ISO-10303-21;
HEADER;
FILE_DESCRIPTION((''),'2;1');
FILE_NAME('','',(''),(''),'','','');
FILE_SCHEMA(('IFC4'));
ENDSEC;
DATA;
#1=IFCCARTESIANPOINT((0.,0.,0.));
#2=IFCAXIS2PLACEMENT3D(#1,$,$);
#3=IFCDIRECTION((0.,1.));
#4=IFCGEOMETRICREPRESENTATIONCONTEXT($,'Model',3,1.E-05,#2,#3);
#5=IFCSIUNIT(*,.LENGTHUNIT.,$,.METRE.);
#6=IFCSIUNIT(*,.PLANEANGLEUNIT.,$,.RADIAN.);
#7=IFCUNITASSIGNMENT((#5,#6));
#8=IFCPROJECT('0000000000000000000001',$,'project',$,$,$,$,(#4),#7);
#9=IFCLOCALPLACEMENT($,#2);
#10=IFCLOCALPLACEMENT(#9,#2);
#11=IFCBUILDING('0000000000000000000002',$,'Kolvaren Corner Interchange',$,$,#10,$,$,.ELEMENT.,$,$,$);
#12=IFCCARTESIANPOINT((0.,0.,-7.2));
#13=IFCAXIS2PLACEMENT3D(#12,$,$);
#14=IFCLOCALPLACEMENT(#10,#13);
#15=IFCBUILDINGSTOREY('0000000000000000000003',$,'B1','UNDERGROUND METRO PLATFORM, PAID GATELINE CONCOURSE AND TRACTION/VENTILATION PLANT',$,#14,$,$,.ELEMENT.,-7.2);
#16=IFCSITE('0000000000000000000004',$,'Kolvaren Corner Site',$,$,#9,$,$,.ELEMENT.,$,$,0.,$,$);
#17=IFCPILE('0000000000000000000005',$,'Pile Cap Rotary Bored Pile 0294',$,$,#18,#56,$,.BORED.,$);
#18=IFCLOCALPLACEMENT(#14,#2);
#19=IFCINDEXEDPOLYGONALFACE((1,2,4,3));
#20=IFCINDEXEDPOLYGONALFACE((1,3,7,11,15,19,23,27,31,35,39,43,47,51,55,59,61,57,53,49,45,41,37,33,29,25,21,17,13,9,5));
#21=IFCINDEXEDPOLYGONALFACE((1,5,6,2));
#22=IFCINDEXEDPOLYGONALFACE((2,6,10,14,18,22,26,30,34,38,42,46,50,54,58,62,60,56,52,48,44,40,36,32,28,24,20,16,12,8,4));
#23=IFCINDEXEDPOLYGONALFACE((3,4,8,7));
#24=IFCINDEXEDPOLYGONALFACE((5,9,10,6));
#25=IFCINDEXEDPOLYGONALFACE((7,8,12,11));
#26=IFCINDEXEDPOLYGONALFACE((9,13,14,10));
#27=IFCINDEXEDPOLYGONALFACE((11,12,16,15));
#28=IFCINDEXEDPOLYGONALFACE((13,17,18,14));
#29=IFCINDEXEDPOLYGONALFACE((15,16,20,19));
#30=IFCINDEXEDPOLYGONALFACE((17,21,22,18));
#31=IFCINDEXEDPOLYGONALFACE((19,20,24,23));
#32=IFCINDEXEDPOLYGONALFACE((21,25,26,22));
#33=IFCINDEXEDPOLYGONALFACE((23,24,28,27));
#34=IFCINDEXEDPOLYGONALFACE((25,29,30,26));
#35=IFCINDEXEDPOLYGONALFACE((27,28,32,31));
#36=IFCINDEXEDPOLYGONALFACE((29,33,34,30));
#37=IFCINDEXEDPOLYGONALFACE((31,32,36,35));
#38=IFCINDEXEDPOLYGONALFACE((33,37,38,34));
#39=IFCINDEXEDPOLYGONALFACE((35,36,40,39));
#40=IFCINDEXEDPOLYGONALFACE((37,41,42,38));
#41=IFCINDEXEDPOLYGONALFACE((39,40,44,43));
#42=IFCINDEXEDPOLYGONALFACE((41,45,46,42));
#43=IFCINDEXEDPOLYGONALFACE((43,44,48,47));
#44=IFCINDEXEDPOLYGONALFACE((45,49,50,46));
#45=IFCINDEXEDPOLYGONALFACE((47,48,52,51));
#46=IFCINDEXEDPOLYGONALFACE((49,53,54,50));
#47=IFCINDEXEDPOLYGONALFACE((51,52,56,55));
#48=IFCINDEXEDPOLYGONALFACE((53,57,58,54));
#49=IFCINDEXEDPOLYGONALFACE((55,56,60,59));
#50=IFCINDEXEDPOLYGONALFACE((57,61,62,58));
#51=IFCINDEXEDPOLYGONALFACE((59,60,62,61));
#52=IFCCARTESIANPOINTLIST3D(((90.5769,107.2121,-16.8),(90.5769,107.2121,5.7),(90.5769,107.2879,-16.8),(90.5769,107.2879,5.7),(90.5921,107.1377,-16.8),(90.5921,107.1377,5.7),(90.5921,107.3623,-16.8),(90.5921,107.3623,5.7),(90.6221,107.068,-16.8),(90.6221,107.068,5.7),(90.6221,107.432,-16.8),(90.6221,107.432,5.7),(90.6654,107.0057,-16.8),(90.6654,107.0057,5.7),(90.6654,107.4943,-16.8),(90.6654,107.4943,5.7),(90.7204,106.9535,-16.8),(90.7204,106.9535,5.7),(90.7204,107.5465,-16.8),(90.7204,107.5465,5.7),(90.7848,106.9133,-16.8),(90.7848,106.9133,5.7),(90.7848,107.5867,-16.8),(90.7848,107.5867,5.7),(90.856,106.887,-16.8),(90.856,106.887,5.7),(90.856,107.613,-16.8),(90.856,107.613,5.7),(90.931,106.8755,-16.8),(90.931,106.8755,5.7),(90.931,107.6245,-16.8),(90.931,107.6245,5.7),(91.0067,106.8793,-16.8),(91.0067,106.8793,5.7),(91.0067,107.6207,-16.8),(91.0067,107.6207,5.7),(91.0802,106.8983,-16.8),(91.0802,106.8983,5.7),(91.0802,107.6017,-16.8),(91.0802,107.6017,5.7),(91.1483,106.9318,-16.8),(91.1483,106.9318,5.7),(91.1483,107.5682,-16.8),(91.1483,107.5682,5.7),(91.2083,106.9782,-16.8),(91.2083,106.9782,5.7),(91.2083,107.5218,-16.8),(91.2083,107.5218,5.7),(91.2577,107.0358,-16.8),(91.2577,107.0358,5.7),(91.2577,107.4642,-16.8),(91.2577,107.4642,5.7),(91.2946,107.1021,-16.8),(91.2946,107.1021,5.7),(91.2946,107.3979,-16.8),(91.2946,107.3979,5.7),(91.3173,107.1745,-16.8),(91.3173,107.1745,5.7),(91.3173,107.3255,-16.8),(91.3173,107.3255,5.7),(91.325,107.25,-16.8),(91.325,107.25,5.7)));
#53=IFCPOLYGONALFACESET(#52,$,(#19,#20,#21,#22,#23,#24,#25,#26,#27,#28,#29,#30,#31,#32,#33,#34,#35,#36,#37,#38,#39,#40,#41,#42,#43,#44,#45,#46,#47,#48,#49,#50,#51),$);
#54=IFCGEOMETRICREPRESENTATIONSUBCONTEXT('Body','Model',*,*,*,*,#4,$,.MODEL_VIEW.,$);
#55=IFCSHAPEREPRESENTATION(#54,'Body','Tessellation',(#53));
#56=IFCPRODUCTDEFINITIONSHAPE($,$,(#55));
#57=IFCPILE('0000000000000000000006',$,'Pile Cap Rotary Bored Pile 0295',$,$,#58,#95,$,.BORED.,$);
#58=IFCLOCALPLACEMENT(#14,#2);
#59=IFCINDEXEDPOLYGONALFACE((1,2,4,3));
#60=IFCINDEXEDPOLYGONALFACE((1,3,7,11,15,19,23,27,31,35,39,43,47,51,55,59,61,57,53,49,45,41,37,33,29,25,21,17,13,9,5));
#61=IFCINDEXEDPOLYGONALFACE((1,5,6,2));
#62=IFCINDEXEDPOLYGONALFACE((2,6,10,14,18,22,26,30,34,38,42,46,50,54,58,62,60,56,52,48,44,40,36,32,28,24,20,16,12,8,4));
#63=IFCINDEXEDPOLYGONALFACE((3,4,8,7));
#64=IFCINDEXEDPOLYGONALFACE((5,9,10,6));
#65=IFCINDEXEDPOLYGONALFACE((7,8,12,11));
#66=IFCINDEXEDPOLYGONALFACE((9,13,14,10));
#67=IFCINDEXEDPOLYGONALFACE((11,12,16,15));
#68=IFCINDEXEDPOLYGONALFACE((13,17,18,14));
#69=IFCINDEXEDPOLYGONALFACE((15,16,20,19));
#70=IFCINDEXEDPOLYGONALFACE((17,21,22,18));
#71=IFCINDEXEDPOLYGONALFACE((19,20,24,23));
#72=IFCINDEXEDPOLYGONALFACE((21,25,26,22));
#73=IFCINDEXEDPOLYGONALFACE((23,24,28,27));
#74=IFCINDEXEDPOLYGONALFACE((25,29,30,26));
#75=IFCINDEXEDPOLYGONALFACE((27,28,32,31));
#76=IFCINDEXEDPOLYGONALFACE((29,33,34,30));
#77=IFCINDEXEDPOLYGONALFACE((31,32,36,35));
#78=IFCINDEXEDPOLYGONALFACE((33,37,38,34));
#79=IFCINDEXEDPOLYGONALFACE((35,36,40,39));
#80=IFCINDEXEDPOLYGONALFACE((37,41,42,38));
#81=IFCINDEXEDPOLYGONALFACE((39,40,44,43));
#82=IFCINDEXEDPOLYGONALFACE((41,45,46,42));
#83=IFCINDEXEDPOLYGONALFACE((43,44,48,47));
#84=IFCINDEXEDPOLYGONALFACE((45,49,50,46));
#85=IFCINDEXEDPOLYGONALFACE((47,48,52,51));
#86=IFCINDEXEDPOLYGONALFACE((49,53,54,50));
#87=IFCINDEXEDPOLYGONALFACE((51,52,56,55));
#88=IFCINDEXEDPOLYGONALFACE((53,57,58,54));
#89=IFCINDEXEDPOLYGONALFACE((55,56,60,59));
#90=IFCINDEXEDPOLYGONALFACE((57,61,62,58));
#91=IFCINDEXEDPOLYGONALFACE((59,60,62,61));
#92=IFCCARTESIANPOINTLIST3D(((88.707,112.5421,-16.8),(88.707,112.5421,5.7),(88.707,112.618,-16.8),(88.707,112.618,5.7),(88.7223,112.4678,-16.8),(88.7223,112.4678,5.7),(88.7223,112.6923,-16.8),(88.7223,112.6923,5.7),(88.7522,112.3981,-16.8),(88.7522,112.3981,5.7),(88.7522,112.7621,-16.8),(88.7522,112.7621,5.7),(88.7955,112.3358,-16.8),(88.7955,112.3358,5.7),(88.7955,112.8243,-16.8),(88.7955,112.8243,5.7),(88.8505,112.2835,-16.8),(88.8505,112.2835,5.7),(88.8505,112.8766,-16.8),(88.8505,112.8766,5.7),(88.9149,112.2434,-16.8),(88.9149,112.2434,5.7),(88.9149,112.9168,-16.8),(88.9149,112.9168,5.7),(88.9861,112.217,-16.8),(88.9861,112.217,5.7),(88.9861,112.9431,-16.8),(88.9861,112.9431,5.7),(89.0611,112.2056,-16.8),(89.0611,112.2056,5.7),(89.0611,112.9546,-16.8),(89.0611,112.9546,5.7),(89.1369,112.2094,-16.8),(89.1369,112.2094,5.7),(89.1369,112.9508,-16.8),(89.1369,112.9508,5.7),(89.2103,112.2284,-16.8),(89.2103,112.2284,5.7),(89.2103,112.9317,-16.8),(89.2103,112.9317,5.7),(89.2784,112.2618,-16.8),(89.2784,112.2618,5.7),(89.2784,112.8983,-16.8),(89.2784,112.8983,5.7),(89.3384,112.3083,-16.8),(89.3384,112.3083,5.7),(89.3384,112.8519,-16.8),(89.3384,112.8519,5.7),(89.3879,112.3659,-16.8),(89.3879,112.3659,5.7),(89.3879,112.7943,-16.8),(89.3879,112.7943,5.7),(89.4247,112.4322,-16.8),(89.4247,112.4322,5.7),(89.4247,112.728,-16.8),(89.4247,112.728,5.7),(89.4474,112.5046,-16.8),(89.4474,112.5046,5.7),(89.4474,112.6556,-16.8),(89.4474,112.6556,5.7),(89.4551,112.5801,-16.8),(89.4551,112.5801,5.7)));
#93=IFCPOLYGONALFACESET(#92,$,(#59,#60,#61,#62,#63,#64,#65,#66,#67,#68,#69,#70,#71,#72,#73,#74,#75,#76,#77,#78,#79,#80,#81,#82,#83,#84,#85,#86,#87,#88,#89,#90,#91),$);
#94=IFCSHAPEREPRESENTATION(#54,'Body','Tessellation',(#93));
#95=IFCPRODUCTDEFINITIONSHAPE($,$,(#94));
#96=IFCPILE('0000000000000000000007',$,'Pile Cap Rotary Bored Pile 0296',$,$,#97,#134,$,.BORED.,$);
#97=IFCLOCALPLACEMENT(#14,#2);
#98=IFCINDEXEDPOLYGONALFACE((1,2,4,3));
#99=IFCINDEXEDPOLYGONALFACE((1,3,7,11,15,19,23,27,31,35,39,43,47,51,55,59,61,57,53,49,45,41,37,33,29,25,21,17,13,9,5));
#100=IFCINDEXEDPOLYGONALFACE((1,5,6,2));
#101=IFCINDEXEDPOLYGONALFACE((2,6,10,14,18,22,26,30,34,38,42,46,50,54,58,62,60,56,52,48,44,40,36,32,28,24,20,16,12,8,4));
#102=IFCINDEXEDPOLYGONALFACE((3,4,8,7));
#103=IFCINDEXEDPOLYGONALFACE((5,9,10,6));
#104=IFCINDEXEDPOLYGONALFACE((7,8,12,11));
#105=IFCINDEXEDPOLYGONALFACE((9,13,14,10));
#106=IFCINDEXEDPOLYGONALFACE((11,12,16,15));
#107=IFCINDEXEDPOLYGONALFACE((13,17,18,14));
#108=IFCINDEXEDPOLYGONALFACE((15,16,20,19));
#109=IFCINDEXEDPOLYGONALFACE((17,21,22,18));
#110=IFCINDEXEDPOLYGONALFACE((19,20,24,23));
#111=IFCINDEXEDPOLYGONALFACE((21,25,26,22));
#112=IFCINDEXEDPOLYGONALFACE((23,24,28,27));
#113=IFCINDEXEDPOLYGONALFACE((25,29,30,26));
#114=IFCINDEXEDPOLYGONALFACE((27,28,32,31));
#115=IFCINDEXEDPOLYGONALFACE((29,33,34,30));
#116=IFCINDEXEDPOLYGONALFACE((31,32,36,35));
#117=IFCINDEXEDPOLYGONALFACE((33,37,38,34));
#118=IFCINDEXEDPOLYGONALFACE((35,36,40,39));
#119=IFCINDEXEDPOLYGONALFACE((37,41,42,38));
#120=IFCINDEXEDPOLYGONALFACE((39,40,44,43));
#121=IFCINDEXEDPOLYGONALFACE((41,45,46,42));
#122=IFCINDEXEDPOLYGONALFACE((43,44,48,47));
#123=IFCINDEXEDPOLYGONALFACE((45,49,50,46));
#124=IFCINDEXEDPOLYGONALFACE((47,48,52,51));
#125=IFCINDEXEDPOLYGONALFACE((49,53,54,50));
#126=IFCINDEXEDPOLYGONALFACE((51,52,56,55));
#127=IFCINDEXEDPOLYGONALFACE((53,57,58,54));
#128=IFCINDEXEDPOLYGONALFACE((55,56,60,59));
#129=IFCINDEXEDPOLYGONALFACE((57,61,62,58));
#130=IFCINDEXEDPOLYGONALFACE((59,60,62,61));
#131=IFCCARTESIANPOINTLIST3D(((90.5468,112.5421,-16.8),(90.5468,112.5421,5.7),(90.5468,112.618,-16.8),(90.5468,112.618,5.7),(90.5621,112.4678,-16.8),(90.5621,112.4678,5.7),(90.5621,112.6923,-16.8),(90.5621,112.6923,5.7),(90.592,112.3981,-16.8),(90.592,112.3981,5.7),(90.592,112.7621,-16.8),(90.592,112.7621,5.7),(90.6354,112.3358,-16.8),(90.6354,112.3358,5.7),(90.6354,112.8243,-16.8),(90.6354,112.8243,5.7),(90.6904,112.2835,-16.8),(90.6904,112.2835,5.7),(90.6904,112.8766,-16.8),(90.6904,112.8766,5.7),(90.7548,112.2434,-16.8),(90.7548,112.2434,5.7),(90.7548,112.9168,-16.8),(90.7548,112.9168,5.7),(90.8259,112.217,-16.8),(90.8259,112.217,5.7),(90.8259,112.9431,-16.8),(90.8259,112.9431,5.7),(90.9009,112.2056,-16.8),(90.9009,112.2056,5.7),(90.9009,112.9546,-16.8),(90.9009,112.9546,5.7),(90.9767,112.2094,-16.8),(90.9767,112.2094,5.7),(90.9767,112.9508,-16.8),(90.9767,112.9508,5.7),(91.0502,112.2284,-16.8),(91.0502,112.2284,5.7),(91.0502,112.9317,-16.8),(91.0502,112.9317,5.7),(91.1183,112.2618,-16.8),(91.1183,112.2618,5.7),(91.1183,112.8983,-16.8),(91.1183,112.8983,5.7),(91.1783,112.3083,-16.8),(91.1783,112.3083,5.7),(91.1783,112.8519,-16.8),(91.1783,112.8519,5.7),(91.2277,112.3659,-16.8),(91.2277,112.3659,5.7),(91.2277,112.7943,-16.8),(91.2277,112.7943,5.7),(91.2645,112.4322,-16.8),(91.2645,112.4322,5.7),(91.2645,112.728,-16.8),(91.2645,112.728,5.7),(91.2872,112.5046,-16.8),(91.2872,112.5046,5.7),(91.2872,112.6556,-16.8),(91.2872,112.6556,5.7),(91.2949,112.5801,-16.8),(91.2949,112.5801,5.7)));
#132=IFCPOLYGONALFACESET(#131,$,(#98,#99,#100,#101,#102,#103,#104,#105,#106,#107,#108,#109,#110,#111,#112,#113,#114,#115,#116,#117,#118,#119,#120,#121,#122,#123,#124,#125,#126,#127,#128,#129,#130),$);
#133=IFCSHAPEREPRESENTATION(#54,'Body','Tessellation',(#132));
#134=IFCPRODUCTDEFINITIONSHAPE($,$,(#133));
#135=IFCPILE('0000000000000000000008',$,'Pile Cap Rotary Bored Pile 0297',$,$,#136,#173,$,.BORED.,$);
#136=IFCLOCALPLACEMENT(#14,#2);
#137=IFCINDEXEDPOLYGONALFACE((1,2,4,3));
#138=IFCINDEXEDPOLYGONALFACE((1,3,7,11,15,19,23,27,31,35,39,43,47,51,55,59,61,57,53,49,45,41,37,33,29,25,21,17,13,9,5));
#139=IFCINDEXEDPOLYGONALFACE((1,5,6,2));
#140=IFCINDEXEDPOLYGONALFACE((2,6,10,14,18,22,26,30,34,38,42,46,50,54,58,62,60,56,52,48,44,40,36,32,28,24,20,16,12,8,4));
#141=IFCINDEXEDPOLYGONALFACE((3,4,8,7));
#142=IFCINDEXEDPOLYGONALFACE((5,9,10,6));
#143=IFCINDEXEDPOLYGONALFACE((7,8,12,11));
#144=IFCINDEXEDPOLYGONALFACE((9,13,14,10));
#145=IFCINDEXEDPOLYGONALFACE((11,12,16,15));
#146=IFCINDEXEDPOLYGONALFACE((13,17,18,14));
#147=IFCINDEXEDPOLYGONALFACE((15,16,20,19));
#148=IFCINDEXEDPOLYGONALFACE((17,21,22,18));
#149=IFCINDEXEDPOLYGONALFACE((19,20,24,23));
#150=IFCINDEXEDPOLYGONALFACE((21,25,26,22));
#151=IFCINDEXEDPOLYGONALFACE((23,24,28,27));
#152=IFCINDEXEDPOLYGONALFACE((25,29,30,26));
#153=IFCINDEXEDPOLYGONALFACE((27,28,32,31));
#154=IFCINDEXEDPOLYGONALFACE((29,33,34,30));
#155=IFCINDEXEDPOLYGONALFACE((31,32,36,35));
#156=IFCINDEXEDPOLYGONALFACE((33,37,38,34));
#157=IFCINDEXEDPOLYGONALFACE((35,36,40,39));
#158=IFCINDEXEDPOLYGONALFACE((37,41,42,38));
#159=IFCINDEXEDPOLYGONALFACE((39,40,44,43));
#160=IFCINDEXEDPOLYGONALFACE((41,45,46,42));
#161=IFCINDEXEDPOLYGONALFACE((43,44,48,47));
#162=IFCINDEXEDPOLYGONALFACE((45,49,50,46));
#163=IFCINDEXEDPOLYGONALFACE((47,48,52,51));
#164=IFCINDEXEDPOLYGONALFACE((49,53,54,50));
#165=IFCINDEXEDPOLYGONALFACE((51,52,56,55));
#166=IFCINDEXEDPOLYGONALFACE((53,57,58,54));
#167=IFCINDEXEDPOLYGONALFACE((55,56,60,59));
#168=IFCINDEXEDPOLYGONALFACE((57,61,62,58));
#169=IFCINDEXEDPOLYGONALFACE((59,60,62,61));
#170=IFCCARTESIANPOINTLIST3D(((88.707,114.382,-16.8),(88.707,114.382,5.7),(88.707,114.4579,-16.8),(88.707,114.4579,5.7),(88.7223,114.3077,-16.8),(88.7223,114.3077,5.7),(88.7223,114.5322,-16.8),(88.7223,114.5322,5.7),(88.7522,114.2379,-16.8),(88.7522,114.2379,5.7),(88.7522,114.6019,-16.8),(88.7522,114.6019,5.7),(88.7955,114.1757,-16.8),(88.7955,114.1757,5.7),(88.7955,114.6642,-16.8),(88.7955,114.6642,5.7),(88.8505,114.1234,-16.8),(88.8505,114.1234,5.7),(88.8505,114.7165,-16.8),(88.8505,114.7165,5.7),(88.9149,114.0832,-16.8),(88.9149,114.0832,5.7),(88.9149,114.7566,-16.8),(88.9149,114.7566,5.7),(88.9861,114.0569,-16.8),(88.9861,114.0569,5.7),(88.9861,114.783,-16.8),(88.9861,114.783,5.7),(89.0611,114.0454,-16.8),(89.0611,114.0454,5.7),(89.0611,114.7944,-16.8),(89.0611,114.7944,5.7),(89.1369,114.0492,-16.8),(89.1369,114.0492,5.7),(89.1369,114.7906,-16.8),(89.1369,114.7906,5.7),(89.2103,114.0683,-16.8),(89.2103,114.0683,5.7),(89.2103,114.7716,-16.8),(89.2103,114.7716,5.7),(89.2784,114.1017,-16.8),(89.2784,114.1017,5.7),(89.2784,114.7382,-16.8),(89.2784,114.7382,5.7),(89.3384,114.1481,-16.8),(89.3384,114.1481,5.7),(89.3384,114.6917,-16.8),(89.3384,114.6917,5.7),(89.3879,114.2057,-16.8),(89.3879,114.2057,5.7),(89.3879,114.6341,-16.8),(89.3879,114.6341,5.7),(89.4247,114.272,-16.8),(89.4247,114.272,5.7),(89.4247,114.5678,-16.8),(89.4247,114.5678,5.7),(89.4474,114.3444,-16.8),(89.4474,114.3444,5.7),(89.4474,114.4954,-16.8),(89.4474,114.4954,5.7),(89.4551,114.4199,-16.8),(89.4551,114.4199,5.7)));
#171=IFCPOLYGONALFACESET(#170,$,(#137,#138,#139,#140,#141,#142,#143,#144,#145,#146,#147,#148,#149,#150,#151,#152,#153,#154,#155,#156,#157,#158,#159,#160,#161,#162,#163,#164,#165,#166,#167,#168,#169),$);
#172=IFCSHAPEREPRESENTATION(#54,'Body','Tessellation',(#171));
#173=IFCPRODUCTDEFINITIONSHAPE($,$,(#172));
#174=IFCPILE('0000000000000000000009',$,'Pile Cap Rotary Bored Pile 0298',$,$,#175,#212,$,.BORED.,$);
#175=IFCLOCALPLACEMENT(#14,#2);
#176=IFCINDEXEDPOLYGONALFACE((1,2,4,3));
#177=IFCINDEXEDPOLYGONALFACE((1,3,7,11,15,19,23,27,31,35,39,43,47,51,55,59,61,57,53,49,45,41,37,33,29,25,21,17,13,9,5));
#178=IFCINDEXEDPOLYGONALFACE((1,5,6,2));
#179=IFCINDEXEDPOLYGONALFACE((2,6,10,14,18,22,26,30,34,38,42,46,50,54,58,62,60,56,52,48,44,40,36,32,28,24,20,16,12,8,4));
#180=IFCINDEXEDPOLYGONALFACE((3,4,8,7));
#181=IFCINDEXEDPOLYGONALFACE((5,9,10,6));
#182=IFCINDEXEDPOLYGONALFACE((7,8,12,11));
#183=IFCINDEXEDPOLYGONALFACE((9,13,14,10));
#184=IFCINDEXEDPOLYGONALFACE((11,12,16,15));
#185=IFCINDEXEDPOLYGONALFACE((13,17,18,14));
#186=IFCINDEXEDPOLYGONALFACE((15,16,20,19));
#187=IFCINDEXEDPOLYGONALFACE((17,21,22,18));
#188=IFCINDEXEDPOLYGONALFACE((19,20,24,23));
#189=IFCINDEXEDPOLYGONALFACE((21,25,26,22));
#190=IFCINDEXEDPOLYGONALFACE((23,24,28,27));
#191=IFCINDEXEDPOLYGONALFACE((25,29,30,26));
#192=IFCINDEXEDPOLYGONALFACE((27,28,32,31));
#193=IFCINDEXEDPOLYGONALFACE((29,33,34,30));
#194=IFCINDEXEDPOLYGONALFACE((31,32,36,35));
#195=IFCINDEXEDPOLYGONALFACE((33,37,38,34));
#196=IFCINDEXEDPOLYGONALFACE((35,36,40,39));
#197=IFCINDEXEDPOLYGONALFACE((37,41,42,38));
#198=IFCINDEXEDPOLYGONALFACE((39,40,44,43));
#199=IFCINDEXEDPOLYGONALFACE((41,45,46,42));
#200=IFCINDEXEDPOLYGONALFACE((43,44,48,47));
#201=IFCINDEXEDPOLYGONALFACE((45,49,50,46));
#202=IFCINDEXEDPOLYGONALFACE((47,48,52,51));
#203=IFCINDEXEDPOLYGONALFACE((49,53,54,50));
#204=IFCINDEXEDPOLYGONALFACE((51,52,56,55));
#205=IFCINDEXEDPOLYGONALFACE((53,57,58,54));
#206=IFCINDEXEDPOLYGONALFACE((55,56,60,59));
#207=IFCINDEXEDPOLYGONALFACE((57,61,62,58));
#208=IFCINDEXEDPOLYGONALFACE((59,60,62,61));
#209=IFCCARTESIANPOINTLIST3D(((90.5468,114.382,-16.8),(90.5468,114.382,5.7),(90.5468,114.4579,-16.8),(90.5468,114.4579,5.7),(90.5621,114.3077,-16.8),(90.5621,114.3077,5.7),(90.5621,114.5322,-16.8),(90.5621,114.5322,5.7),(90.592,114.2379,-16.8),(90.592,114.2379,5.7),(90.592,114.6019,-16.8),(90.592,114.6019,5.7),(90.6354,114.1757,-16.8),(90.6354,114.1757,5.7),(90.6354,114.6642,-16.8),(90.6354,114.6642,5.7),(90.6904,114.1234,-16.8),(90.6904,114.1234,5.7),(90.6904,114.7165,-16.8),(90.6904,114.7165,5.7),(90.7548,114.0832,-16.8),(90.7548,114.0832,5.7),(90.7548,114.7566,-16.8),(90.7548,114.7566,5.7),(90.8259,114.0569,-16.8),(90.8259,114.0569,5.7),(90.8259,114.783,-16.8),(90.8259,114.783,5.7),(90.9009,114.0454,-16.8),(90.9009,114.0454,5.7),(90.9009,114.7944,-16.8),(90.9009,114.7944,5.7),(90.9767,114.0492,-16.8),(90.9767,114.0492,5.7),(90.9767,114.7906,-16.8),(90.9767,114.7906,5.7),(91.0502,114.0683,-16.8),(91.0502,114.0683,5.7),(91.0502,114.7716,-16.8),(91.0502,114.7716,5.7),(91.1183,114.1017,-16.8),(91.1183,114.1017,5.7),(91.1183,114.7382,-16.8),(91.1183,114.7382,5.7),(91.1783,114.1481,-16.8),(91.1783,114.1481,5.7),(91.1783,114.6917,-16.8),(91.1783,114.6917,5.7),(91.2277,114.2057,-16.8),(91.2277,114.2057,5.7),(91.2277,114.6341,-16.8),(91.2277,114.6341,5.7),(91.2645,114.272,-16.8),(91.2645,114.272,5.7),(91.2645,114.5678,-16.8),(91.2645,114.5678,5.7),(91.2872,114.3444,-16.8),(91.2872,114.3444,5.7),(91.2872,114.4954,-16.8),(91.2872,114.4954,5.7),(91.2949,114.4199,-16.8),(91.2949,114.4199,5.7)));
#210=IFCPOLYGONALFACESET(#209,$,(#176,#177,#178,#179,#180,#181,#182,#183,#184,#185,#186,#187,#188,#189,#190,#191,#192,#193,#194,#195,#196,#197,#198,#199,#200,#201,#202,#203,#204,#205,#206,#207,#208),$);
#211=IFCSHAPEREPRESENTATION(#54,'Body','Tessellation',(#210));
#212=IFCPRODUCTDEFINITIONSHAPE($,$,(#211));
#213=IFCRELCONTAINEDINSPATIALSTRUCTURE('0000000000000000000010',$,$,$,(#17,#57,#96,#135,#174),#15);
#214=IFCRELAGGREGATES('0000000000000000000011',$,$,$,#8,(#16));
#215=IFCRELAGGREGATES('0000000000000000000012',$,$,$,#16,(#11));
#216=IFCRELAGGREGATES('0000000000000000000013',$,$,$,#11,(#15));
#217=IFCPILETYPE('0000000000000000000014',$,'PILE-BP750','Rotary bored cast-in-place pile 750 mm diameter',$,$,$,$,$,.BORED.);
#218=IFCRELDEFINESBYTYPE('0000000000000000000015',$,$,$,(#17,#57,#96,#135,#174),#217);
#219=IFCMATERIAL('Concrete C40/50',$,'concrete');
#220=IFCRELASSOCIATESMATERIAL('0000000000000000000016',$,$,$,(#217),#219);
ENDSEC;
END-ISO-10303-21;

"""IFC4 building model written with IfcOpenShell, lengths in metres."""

from ifc_helpers import new_model, si_unit, direction, frame, origin, origin_2d, place, context, subcontext, project, spatial, circle, extrude, material, material_profile, profile_set, type_object, element, save


model = new_model("IFC4")

# Units and contexts
model_context = context("Model", 3, precision=1e-05, world=origin(), true_north=direction((0.0, 1.0)))
body_context = subcontext(model_context, "Body", "Model", "MODEL_VIEW")
ifc_project = project(units=[si_unit("LENGTHUNIT", "METRE"), si_unit("PLANEANGLEUNIT", "RADIAN")], contexts=[model_context])

# Site, building, storey
site_placement = place(None, origin())
site = spatial("IfcSite", under=ifc_project, at=site_placement, Name="Kolvaren Corner Site", CompositionType="ELEMENT", RefElevation=0.0)
building_placement = place(site_placement, origin())
building = spatial("IfcBuilding", under=site, at=building_placement, Name="Kolvaren Corner Interchange", CompositionType="ELEMENT")
storey_placement = place(building_placement, frame((0.0, 0.0, -7.2)))
storey = spatial("IfcBuildingStorey", under=building, at=storey_placement, Name="B1", Description="UNDERGROUND METRO PLATFORM, PAID GATELINE CONCOURSE AND TRACTION/VENTILATION PLANT", CompositionType="ELEMENT", Elevation=-7.2)

# Piles
ifc_material_1 = material(Name="Concrete C40/50", Category="concrete")
ifc_material_profile = material_profile(ifc_material_1, circle(Radius=0.375, at=origin_2d()), Name="BORED PILE 750")
ifc_profile_set = profile_set([ifc_material_profile], Name="Concrete C40/50")
pile_type = type_object("IfcPileType", Name="PILE-BP750", Description="Rotary bored cast-in-place pile 750 mm diameter", PredefinedType="BORED", material=ifc_profile_set)
for number, where, z_axis, x_axis, name in (
    (1, (90.95, 107.25, 5.7), (0.0, 0.0, -1.0), (1.0, 0.0, 0.0), "Pile Cap Rotary Bored Pile 0294"),
    (2, (89.0801, 112.5801, 5.7), (0.0, 0.0, -1.0), (1.0, 0.0, 0.0), "Pile Cap Rotary Bored Pile 0295"),
    (3, (90.9199, 112.5801, 5.7), (0.0, 0.0, -1.0), (1.0, 0.0, 0.0), "Pile Cap Rotary Bored Pile 0296"),
    (4, (89.0801, 114.4199, 5.7), (0.0, 0.0, -1.0), (1.0, 0.0, 0.0), "Pile Cap Rotary Bored Pile 0297"),
    (5, (90.9199, 114.4199, 5.7), (0.0, 0.0, -1.0), (1.0, 0.0, 0.0), "Pile Cap Rotary Bored Pile 0298"),
):
    element("IfcPile", number, at=place(storey_placement, frame(where, z_axis=z_axis, x_axis=x_axis)), inside=storey, type_object=pile_type, Name=name, PredefinedType="BORED", context=body_context, shape_type="SweptSolid", body=[
        extrude(circle(Radius=0.375, at=origin_2d()), origin(), (0.0, 0.0, 1.0), 22.5),
    ])

save(model, "model.ifc")
